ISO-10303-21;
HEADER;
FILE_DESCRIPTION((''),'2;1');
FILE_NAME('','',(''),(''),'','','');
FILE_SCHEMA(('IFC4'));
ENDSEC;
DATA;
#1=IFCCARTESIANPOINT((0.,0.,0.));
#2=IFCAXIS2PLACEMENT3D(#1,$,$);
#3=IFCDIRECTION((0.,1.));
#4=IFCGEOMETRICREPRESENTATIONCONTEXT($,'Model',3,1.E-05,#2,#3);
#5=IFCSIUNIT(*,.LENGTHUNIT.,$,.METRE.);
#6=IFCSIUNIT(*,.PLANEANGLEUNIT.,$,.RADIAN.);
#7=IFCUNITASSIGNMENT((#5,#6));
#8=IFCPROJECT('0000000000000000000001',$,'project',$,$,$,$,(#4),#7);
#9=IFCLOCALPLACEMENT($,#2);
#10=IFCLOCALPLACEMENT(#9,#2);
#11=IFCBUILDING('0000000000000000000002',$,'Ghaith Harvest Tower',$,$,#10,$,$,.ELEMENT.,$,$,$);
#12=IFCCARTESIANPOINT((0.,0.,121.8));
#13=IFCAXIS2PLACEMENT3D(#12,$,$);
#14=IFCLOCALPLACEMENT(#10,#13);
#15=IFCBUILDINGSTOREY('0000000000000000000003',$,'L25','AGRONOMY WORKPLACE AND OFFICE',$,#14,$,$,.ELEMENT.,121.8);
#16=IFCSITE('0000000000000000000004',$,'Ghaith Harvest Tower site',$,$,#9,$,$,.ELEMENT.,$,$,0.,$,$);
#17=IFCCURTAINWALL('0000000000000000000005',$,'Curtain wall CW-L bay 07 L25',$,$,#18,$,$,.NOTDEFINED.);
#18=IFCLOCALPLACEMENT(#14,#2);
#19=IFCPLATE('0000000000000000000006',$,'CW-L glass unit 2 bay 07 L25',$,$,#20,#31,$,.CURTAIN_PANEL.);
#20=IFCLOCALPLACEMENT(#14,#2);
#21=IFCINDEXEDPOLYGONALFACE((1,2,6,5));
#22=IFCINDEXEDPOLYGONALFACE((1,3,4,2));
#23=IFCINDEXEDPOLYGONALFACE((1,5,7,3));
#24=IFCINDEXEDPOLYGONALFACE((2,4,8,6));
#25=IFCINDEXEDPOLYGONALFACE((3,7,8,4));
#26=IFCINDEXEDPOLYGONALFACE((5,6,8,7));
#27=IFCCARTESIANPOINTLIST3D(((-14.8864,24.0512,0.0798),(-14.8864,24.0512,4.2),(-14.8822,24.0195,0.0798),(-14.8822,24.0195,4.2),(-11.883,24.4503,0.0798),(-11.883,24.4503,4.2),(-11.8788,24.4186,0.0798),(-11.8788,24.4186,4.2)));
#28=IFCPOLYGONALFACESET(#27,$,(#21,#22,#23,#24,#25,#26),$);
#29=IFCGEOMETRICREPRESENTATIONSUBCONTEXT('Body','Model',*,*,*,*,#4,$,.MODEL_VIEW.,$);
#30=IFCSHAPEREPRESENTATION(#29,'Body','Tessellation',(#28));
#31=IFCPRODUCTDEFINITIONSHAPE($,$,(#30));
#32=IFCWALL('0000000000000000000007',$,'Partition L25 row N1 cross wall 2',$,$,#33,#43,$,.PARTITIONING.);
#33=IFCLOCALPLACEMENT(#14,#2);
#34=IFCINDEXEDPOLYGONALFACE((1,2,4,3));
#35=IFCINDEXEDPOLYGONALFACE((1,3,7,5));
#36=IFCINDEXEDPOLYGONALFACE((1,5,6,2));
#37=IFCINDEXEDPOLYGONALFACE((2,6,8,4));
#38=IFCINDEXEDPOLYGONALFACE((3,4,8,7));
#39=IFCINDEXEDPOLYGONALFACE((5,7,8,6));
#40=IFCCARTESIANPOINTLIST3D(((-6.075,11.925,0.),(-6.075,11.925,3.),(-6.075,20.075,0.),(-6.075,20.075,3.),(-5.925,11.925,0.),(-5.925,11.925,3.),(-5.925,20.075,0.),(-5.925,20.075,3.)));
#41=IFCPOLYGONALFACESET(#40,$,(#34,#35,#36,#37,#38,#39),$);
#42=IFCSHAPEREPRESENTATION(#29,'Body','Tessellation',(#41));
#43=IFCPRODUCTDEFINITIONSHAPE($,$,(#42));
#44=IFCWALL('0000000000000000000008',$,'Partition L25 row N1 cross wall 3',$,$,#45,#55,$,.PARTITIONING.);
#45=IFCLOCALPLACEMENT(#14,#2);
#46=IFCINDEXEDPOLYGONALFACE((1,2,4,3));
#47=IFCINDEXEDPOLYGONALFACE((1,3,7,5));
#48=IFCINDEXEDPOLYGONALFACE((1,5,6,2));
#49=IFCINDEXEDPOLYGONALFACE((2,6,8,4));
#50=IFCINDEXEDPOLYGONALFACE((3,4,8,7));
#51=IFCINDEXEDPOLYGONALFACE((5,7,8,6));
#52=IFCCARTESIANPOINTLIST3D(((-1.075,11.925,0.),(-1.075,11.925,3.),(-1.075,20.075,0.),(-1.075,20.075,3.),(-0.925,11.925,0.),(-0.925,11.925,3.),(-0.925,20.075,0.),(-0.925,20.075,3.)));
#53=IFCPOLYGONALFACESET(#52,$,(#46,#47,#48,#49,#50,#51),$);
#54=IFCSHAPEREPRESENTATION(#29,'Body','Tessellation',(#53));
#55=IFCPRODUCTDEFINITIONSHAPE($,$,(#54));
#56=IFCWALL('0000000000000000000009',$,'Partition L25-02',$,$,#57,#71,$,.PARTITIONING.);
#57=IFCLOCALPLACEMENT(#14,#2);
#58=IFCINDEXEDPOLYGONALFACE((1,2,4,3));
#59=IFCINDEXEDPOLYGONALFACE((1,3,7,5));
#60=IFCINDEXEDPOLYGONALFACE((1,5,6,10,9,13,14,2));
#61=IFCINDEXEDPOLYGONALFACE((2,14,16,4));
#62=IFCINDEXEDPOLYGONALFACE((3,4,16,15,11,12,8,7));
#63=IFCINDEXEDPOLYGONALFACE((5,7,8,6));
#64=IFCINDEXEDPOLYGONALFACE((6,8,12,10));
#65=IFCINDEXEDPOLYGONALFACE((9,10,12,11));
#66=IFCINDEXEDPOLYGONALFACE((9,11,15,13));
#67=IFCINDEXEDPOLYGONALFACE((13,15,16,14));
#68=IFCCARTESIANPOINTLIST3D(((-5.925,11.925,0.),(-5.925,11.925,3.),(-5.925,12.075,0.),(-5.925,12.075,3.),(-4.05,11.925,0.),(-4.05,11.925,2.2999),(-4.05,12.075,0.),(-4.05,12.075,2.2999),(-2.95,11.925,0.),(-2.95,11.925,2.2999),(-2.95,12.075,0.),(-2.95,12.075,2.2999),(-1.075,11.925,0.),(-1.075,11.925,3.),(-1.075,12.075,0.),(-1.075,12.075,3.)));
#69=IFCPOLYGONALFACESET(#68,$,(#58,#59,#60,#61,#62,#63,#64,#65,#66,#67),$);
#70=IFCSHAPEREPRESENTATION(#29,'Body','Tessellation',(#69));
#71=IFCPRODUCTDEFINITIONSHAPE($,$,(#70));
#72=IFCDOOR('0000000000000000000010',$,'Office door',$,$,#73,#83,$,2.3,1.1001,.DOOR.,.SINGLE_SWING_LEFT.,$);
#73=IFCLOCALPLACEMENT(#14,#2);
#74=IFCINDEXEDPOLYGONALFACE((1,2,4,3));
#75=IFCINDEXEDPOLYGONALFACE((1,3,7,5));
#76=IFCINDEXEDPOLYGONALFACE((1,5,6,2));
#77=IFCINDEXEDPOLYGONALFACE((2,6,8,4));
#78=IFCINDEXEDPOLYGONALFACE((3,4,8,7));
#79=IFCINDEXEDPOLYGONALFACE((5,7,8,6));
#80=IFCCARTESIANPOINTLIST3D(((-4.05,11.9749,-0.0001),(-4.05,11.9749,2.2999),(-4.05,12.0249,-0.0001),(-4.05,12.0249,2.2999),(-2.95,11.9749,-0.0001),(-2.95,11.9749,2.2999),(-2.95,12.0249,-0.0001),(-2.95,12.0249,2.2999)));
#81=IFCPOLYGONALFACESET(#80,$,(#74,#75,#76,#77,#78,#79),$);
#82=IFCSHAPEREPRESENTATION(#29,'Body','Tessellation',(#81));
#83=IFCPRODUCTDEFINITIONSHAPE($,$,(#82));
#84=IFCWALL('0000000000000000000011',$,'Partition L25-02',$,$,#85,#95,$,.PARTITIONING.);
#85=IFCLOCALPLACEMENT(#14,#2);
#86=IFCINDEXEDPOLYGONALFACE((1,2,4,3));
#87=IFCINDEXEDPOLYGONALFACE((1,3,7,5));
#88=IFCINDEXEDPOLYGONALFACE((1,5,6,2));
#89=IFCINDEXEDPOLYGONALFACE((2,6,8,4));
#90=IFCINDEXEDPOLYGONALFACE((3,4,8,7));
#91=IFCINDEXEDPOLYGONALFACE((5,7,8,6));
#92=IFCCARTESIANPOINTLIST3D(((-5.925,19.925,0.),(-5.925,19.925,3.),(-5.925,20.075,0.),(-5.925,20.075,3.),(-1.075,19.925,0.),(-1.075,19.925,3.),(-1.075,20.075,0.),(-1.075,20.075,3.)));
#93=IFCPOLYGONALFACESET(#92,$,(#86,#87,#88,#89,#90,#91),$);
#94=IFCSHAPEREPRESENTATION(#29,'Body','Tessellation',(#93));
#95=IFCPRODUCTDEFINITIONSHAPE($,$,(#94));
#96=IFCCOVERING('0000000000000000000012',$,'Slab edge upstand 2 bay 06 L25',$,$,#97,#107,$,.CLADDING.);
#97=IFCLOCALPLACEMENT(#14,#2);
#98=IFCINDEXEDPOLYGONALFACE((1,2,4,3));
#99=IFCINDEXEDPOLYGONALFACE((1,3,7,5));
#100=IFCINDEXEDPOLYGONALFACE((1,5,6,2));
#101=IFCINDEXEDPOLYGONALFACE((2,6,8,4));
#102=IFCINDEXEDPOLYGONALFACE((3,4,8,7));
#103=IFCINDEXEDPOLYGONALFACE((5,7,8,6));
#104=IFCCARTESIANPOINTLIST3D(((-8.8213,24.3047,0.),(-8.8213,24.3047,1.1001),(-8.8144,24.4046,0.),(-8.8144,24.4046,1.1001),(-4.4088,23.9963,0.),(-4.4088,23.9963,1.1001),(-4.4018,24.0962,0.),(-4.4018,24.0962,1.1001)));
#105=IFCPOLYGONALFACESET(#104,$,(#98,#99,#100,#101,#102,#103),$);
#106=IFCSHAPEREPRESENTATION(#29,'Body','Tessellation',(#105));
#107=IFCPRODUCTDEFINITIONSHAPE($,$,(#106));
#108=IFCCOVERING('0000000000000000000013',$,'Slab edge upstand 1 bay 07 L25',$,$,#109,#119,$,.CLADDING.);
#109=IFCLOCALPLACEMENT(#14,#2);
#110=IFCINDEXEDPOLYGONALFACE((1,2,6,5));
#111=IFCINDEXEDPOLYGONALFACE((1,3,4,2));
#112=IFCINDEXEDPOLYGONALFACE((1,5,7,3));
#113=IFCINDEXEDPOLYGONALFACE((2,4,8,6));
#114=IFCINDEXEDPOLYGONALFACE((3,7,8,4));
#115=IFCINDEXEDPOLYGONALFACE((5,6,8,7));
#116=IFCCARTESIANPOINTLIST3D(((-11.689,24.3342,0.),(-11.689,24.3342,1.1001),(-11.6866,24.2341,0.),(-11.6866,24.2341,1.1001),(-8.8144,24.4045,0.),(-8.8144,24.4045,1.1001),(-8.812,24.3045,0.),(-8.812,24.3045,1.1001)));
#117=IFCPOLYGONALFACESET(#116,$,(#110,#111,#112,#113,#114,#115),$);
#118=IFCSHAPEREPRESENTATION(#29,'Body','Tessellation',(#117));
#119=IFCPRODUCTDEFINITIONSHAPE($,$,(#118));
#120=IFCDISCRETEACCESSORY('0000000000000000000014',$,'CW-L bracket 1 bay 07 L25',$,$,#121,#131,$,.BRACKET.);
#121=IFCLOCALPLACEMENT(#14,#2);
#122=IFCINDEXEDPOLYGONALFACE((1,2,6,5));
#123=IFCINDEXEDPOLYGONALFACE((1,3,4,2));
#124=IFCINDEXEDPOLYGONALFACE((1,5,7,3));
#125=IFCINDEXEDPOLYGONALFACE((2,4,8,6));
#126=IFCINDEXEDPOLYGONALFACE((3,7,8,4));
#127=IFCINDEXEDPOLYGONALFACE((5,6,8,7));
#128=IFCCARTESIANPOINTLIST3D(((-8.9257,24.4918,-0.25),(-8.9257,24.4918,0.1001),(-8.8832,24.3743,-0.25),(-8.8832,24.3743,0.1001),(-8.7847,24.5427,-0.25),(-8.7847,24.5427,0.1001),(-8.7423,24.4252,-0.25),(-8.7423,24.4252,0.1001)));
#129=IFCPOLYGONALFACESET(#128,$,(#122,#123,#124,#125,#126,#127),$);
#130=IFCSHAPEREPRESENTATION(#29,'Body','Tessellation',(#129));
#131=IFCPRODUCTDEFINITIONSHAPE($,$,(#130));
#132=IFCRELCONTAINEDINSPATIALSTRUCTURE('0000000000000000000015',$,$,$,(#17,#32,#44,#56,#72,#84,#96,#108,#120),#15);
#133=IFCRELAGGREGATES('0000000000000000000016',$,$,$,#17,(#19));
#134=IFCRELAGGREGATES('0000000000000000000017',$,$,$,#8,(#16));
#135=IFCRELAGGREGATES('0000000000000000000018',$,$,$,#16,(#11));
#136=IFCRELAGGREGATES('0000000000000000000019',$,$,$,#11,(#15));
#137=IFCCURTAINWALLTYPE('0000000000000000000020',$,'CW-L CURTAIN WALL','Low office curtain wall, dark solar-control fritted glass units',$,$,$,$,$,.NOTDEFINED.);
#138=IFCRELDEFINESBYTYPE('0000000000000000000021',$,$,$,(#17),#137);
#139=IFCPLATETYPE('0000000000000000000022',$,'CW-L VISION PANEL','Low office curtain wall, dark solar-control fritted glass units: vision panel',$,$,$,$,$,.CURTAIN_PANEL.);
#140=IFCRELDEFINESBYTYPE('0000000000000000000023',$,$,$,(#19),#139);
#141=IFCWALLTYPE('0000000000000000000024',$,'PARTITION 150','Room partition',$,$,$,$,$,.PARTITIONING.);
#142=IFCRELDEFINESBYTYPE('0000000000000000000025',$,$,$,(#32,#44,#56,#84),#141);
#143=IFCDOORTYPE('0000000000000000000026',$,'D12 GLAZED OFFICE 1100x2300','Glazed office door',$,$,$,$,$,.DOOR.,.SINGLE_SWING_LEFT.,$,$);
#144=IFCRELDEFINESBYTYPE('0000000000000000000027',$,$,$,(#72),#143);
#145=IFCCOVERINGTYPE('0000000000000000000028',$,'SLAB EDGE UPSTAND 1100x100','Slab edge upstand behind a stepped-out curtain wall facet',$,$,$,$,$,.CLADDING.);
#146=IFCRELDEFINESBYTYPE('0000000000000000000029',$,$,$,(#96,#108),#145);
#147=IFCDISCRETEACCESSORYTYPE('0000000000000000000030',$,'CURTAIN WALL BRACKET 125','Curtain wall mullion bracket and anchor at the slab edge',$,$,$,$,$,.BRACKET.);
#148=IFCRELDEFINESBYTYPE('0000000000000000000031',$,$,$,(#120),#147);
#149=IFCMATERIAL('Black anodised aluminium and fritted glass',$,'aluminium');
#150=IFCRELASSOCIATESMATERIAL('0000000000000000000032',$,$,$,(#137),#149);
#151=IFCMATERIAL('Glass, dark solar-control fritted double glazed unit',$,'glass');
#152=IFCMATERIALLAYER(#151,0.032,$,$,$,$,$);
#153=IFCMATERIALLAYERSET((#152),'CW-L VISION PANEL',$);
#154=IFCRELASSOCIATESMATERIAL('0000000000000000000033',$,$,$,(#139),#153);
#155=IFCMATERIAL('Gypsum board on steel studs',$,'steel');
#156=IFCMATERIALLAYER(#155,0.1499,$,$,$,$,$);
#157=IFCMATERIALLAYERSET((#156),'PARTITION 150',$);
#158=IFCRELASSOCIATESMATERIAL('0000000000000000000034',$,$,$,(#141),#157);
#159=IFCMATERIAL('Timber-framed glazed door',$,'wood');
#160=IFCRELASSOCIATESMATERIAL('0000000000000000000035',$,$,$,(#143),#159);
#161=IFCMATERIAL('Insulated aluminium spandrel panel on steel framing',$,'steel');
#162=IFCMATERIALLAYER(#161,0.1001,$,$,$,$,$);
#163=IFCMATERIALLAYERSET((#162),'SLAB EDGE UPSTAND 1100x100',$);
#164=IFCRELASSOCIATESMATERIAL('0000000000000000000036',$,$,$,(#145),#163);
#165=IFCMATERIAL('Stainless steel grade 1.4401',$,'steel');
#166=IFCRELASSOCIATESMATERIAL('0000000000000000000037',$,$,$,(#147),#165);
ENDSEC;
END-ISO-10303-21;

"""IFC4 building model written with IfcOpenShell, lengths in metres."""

from ifc_helpers import new_model, si_unit, direction, frame, frame_2d, origin, origin_2d, place, context, subcontext, project, spatial, rectangle, extrude, material, layer, layer_set, type_object, element, fill, aggregate, save


model = new_model("IFC4")

# Units and contexts
model_context = context("Model", 3, precision=1e-05, world=origin(), true_north=direction((0.0, 1.0)))
body_context = subcontext(model_context, "Body", "Model", "MODEL_VIEW")
ifc_project = project(units=[si_unit("LENGTHUNIT", "METRE"), si_unit("PLANEANGLEUNIT", "RADIAN")], contexts=[model_context])

# Site, building, storey
site_placement = place(None, origin())
site = spatial("IfcSite", under=ifc_project, at=site_placement, Name="Ghaith Harvest Tower site", CompositionType="ELEMENT", RefElevation=0.0)
building_placement = place(site_placement, origin())
building = spatial("IfcBuilding", under=site, at=building_placement, Name="Ghaith Harvest Tower", CompositionType="ELEMENT")
storey_placement = place(building_placement, frame((0.0, 0.0, 121.8)))
storey = spatial("IfcBuildingStorey", under=building, at=storey_placement, Name="L25", Description="AGRONOMY WORKPLACE AND OFFICE", CompositionType="ELEMENT", Elevation=121.8)

# Curtain wall
ifc_material_1 = material(Name="Black anodised aluminium and fritted glass", Category="aluminium")
curtain_wall_type = type_object("IfcCurtainWallType", Name="CW-L CURTAIN WALL", Description="Low office curtain wall, dark solar-control fritted glass units", PredefinedType="NOTDEFINED", material=ifc_material_1)
curtain_wall_1_placement = place(storey_placement, origin())
curtain_wall_1 = element("IfcCurtainWall", 1, at=curtain_wall_1_placement, inside=storey, type_object=curtain_wall_type, Name="Curtain wall CW-L bay 07 L25", PredefinedType="NOTDEFINED")

# Plate
ifc_material_2 = material(Name="Glass, dark solar-control fritted double glazed unit", Category="glass")
ifc_layer_1 = layer(ifc_material_2, 0.032)
ifc_layer_set_1 = layer_set([ifc_layer_1], Name="CW-L VISION PANEL")
plate_type = type_object("IfcPlateType", Name="CW-L VISION PANEL", Description="Low office curtain wall, dark solar-control fritted glass units: vision panel", PredefinedType="CURTAIN_PANEL", material=ifc_layer_set_1)
plate_1_placement = place(storey_placement, frame((-13.3826, 24.2349, 0.0798), z_axis=(0.0, 0.0, 1.0), x_axis=(-0.991286, -0.131728, 0.0)))
plate_1 = element("IfcPlate", 2, at=plate_1_placement, type_object=plate_type, Name="CW-L glass unit 2 bay 07 L25", PredefinedType="CURTAIN_PANEL", context=body_context, shape_type="SweptSolid", body=[
    extrude(rectangle(XDim=3.0298, YDim=0.032, at=origin_2d()), origin(), (0.0, 0.0, 1.0), 4.1201),
])
aggregate(curtain_wall_1, [plate_1])

# Walls
ifc_material_3 = material(Name="Gypsum board on steel studs", Category="steel")
ifc_layer_2 = layer(ifc_material_3, 0.1499)
ifc_layer_set_2 = layer_set([ifc_layer_2], Name="PARTITION 150")
wall_type = type_object("IfcWallType", Name="PARTITION 150", Description="Room partition", PredefinedType="PARTITIONING", material=ifc_layer_set_2)
for number, where, z_axis, x_axis, name in (
    (3, (-6.0, 11.925, 0.0), (0.0, 0.0, 1.0), (0.0, 1.0, 0.0), "Partition L25 row N1 cross wall 2"),
    (4, (-1.0, 11.925, 0.0), (0.0, 0.0, 1.0), (0.0, 1.0, 0.0), "Partition L25 row N1 cross wall 3"),
):
    element("IfcWall", number, at=place(storey_placement, frame(where, z_axis=z_axis, x_axis=x_axis)), inside=storey, type_object=wall_type, Name=name, PredefinedType="PARTITIONING", context=body_context, shape_type="SweptSolid", body=[
        extrude(rectangle(XDim=8.1499, YDim=0.1499, at=frame_2d((4.075, 0.0))), origin(), (0.0, 0.0, 1.0), 3.0),
    ])

# Wall, opening, door
wall_1_placement = place(storey_placement, frame((-5.925, 12.0, 0.0), z_axis=(0.0, 0.0, 1.0), x_axis=(1.0, 0.0, 0.0)))
wall_1 = element("IfcWall", 5, at=wall_1_placement, inside=storey, type_object=wall_type, Name="Partition L25-02", PredefinedType="PARTITIONING", context=body_context, shape_type="SweptSolid", body=[
    extrude(rectangle(XDim=4.8501, YDim=0.1499, at=frame_2d((2.425, 0.0))), origin(), (0.0, 0.0, 1.0), 3.0),
])
opening_placement = place(wall_1_placement, frame((1.875, 0.0, 0.0)))
opening = element("IfcOpeningElement", 6, at=opening_placement, cuts=wall_1, PredefinedType="OPENING", context=body_context, shape_type="SweptSolid", body=[
    extrude(rectangle(XDim=1.1001, YDim=2.3, at=frame_2d((0.55, 1.1499))), frame((0.0, 0.085, 0.0), z_axis=(0.0, -1.0, 0.0), x_axis=(1.0, 0.0, 0.0)), (0.0, 0.0, 1.0), 0.1699),
])
ifc_material_4 = material(Name="Timber-framed glazed door", Category="wood")
door_type = type_object("IfcDoorType", Name="D12 GLAZED OFFICE 1100x2300", Description="Glazed office door", OperationType="SINGLE_SWING_LEFT", PredefinedType="DOOR", material=ifc_material_4)
door_placement = place(opening_placement, origin())
door = element("IfcDoor", 7, at=door_placement, inside=storey, type_object=door_type, Name="Office door", OperationType="SINGLE_SWING_LEFT", OverallHeight=2.3, OverallWidth=1.1001, PredefinedType="DOOR", context=body_context, shape_type="SweptSolid", body=[
    extrude(rectangle(XDim=1.1001, YDim=2.3, at=frame_2d((0.55, 1.1499))), frame((0.0, 0.0249, 0.0), z_axis=(0.0, -1.0, 0.0), x_axis=(1.0, 0.0, 0.0)), (0.0, 0.0, 1.0), 0.05),
])
fill(opening, door)

# Wall
wall_2_placement = place(storey_placement, frame((-5.925, 20.0, 0.0), z_axis=(0.0, 0.0, 1.0), x_axis=(1.0, 0.0, 0.0)))
element("IfcWall", 8, at=wall_2_placement, inside=storey, type_object=wall_type, Name="Partition L25-02", PredefinedType="PARTITIONING", context=body_context, shape_type="SweptSolid", body=[
    extrude(rectangle(XDim=4.8501, YDim=0.1499, at=frame_2d((2.425, 0.0))), origin(), (0.0, 0.0, 1.0), 3.0),
])

# Coverings
ifc_material_5 = material(Name="Insulated aluminium spandrel panel on steel framing", Category="steel")
ifc_layer_3 = layer(ifc_material_5, 0.1001)
ifc_layer_set_3 = layer_set([ifc_layer_3], Name="SLAB EDGE UPSTAND 1100x100")
covering_type = type_object("IfcCoveringType", Name="SLAB EDGE UPSTAND 1100x100", Description="Slab edge upstand behind a stepped-out curtain wall facet", PredefinedType="CLADDING", material=ifc_layer_set_3)
covering_1_placement = place(storey_placement, frame((-6.6116, 24.2004, 0.0), z_axis=(0.0, 0.0, 1.0), x_axis=(-0.997566, 0.069726, 0.0)))
element("IfcCovering", 9, at=covering_1_placement, inside=storey, type_object=covering_type, Name="Slab edge upstand 2 bay 06 L25", PredefinedType="CLADDING", context=body_context, shape_type="SweptSolid", body=[
    extrude(rectangle(XDim=4.4233, YDim=0.1001, at=origin_2d()), origin(), (0.0, 0.0, 1.0), 1.1001),
])
covering_2_placement = place(storey_placement, frame((-10.2505, 24.3193, 0.0), z_axis=(0.0, 0.0, 1.0), x_axis=(-0.999701, -0.024458, 0.0)))
element("IfcCovering", 10, at=covering_2_placement, inside=storey, type_object=covering_type, Name="Slab edge upstand 1 bay 07 L25", PredefinedType="CLADDING", context=body_context, shape_type="SweptSolid", body=[
    extrude(rectangle(XDim=2.8755, YDim=0.1001, at=origin_2d()), origin(), (0.0, 0.0, 1.0), 1.1001),
])

# Discrete accessory
ifc_material_6 = material(Name="Stainless steel grade 1.4401", Category="steel")
discrete_accessory_type = type_object("IfcDiscreteAccessoryType", Name="CURTAIN WALL BRACKET 125", Description="Curtain wall mullion bracket and anchor at the slab edge", PredefinedType="BRACKET", material=ifc_material_6)
discrete_accessory_placement = place(storey_placement, frame((-8.834, 24.4585, -0.25), z_axis=(0.0, 0.0, 1.0), x_axis=(-0.339699, 0.940534, 0.0)))
element("IfcDiscreteAccessory", 11, at=discrete_accessory_placement, inside=storey, type_object=discrete_accessory_type, Name="CW-L bracket 1 bay 07 L25", PredefinedType="BRACKET", context=body_context, shape_type="SweptSolid", body=[
    extrude(rectangle(XDim=0.125, YDim=0.1499, at=origin_2d()), origin(), (0.0, 0.0, 1.0), 0.3501),
])

save(model, "model.ifc")
